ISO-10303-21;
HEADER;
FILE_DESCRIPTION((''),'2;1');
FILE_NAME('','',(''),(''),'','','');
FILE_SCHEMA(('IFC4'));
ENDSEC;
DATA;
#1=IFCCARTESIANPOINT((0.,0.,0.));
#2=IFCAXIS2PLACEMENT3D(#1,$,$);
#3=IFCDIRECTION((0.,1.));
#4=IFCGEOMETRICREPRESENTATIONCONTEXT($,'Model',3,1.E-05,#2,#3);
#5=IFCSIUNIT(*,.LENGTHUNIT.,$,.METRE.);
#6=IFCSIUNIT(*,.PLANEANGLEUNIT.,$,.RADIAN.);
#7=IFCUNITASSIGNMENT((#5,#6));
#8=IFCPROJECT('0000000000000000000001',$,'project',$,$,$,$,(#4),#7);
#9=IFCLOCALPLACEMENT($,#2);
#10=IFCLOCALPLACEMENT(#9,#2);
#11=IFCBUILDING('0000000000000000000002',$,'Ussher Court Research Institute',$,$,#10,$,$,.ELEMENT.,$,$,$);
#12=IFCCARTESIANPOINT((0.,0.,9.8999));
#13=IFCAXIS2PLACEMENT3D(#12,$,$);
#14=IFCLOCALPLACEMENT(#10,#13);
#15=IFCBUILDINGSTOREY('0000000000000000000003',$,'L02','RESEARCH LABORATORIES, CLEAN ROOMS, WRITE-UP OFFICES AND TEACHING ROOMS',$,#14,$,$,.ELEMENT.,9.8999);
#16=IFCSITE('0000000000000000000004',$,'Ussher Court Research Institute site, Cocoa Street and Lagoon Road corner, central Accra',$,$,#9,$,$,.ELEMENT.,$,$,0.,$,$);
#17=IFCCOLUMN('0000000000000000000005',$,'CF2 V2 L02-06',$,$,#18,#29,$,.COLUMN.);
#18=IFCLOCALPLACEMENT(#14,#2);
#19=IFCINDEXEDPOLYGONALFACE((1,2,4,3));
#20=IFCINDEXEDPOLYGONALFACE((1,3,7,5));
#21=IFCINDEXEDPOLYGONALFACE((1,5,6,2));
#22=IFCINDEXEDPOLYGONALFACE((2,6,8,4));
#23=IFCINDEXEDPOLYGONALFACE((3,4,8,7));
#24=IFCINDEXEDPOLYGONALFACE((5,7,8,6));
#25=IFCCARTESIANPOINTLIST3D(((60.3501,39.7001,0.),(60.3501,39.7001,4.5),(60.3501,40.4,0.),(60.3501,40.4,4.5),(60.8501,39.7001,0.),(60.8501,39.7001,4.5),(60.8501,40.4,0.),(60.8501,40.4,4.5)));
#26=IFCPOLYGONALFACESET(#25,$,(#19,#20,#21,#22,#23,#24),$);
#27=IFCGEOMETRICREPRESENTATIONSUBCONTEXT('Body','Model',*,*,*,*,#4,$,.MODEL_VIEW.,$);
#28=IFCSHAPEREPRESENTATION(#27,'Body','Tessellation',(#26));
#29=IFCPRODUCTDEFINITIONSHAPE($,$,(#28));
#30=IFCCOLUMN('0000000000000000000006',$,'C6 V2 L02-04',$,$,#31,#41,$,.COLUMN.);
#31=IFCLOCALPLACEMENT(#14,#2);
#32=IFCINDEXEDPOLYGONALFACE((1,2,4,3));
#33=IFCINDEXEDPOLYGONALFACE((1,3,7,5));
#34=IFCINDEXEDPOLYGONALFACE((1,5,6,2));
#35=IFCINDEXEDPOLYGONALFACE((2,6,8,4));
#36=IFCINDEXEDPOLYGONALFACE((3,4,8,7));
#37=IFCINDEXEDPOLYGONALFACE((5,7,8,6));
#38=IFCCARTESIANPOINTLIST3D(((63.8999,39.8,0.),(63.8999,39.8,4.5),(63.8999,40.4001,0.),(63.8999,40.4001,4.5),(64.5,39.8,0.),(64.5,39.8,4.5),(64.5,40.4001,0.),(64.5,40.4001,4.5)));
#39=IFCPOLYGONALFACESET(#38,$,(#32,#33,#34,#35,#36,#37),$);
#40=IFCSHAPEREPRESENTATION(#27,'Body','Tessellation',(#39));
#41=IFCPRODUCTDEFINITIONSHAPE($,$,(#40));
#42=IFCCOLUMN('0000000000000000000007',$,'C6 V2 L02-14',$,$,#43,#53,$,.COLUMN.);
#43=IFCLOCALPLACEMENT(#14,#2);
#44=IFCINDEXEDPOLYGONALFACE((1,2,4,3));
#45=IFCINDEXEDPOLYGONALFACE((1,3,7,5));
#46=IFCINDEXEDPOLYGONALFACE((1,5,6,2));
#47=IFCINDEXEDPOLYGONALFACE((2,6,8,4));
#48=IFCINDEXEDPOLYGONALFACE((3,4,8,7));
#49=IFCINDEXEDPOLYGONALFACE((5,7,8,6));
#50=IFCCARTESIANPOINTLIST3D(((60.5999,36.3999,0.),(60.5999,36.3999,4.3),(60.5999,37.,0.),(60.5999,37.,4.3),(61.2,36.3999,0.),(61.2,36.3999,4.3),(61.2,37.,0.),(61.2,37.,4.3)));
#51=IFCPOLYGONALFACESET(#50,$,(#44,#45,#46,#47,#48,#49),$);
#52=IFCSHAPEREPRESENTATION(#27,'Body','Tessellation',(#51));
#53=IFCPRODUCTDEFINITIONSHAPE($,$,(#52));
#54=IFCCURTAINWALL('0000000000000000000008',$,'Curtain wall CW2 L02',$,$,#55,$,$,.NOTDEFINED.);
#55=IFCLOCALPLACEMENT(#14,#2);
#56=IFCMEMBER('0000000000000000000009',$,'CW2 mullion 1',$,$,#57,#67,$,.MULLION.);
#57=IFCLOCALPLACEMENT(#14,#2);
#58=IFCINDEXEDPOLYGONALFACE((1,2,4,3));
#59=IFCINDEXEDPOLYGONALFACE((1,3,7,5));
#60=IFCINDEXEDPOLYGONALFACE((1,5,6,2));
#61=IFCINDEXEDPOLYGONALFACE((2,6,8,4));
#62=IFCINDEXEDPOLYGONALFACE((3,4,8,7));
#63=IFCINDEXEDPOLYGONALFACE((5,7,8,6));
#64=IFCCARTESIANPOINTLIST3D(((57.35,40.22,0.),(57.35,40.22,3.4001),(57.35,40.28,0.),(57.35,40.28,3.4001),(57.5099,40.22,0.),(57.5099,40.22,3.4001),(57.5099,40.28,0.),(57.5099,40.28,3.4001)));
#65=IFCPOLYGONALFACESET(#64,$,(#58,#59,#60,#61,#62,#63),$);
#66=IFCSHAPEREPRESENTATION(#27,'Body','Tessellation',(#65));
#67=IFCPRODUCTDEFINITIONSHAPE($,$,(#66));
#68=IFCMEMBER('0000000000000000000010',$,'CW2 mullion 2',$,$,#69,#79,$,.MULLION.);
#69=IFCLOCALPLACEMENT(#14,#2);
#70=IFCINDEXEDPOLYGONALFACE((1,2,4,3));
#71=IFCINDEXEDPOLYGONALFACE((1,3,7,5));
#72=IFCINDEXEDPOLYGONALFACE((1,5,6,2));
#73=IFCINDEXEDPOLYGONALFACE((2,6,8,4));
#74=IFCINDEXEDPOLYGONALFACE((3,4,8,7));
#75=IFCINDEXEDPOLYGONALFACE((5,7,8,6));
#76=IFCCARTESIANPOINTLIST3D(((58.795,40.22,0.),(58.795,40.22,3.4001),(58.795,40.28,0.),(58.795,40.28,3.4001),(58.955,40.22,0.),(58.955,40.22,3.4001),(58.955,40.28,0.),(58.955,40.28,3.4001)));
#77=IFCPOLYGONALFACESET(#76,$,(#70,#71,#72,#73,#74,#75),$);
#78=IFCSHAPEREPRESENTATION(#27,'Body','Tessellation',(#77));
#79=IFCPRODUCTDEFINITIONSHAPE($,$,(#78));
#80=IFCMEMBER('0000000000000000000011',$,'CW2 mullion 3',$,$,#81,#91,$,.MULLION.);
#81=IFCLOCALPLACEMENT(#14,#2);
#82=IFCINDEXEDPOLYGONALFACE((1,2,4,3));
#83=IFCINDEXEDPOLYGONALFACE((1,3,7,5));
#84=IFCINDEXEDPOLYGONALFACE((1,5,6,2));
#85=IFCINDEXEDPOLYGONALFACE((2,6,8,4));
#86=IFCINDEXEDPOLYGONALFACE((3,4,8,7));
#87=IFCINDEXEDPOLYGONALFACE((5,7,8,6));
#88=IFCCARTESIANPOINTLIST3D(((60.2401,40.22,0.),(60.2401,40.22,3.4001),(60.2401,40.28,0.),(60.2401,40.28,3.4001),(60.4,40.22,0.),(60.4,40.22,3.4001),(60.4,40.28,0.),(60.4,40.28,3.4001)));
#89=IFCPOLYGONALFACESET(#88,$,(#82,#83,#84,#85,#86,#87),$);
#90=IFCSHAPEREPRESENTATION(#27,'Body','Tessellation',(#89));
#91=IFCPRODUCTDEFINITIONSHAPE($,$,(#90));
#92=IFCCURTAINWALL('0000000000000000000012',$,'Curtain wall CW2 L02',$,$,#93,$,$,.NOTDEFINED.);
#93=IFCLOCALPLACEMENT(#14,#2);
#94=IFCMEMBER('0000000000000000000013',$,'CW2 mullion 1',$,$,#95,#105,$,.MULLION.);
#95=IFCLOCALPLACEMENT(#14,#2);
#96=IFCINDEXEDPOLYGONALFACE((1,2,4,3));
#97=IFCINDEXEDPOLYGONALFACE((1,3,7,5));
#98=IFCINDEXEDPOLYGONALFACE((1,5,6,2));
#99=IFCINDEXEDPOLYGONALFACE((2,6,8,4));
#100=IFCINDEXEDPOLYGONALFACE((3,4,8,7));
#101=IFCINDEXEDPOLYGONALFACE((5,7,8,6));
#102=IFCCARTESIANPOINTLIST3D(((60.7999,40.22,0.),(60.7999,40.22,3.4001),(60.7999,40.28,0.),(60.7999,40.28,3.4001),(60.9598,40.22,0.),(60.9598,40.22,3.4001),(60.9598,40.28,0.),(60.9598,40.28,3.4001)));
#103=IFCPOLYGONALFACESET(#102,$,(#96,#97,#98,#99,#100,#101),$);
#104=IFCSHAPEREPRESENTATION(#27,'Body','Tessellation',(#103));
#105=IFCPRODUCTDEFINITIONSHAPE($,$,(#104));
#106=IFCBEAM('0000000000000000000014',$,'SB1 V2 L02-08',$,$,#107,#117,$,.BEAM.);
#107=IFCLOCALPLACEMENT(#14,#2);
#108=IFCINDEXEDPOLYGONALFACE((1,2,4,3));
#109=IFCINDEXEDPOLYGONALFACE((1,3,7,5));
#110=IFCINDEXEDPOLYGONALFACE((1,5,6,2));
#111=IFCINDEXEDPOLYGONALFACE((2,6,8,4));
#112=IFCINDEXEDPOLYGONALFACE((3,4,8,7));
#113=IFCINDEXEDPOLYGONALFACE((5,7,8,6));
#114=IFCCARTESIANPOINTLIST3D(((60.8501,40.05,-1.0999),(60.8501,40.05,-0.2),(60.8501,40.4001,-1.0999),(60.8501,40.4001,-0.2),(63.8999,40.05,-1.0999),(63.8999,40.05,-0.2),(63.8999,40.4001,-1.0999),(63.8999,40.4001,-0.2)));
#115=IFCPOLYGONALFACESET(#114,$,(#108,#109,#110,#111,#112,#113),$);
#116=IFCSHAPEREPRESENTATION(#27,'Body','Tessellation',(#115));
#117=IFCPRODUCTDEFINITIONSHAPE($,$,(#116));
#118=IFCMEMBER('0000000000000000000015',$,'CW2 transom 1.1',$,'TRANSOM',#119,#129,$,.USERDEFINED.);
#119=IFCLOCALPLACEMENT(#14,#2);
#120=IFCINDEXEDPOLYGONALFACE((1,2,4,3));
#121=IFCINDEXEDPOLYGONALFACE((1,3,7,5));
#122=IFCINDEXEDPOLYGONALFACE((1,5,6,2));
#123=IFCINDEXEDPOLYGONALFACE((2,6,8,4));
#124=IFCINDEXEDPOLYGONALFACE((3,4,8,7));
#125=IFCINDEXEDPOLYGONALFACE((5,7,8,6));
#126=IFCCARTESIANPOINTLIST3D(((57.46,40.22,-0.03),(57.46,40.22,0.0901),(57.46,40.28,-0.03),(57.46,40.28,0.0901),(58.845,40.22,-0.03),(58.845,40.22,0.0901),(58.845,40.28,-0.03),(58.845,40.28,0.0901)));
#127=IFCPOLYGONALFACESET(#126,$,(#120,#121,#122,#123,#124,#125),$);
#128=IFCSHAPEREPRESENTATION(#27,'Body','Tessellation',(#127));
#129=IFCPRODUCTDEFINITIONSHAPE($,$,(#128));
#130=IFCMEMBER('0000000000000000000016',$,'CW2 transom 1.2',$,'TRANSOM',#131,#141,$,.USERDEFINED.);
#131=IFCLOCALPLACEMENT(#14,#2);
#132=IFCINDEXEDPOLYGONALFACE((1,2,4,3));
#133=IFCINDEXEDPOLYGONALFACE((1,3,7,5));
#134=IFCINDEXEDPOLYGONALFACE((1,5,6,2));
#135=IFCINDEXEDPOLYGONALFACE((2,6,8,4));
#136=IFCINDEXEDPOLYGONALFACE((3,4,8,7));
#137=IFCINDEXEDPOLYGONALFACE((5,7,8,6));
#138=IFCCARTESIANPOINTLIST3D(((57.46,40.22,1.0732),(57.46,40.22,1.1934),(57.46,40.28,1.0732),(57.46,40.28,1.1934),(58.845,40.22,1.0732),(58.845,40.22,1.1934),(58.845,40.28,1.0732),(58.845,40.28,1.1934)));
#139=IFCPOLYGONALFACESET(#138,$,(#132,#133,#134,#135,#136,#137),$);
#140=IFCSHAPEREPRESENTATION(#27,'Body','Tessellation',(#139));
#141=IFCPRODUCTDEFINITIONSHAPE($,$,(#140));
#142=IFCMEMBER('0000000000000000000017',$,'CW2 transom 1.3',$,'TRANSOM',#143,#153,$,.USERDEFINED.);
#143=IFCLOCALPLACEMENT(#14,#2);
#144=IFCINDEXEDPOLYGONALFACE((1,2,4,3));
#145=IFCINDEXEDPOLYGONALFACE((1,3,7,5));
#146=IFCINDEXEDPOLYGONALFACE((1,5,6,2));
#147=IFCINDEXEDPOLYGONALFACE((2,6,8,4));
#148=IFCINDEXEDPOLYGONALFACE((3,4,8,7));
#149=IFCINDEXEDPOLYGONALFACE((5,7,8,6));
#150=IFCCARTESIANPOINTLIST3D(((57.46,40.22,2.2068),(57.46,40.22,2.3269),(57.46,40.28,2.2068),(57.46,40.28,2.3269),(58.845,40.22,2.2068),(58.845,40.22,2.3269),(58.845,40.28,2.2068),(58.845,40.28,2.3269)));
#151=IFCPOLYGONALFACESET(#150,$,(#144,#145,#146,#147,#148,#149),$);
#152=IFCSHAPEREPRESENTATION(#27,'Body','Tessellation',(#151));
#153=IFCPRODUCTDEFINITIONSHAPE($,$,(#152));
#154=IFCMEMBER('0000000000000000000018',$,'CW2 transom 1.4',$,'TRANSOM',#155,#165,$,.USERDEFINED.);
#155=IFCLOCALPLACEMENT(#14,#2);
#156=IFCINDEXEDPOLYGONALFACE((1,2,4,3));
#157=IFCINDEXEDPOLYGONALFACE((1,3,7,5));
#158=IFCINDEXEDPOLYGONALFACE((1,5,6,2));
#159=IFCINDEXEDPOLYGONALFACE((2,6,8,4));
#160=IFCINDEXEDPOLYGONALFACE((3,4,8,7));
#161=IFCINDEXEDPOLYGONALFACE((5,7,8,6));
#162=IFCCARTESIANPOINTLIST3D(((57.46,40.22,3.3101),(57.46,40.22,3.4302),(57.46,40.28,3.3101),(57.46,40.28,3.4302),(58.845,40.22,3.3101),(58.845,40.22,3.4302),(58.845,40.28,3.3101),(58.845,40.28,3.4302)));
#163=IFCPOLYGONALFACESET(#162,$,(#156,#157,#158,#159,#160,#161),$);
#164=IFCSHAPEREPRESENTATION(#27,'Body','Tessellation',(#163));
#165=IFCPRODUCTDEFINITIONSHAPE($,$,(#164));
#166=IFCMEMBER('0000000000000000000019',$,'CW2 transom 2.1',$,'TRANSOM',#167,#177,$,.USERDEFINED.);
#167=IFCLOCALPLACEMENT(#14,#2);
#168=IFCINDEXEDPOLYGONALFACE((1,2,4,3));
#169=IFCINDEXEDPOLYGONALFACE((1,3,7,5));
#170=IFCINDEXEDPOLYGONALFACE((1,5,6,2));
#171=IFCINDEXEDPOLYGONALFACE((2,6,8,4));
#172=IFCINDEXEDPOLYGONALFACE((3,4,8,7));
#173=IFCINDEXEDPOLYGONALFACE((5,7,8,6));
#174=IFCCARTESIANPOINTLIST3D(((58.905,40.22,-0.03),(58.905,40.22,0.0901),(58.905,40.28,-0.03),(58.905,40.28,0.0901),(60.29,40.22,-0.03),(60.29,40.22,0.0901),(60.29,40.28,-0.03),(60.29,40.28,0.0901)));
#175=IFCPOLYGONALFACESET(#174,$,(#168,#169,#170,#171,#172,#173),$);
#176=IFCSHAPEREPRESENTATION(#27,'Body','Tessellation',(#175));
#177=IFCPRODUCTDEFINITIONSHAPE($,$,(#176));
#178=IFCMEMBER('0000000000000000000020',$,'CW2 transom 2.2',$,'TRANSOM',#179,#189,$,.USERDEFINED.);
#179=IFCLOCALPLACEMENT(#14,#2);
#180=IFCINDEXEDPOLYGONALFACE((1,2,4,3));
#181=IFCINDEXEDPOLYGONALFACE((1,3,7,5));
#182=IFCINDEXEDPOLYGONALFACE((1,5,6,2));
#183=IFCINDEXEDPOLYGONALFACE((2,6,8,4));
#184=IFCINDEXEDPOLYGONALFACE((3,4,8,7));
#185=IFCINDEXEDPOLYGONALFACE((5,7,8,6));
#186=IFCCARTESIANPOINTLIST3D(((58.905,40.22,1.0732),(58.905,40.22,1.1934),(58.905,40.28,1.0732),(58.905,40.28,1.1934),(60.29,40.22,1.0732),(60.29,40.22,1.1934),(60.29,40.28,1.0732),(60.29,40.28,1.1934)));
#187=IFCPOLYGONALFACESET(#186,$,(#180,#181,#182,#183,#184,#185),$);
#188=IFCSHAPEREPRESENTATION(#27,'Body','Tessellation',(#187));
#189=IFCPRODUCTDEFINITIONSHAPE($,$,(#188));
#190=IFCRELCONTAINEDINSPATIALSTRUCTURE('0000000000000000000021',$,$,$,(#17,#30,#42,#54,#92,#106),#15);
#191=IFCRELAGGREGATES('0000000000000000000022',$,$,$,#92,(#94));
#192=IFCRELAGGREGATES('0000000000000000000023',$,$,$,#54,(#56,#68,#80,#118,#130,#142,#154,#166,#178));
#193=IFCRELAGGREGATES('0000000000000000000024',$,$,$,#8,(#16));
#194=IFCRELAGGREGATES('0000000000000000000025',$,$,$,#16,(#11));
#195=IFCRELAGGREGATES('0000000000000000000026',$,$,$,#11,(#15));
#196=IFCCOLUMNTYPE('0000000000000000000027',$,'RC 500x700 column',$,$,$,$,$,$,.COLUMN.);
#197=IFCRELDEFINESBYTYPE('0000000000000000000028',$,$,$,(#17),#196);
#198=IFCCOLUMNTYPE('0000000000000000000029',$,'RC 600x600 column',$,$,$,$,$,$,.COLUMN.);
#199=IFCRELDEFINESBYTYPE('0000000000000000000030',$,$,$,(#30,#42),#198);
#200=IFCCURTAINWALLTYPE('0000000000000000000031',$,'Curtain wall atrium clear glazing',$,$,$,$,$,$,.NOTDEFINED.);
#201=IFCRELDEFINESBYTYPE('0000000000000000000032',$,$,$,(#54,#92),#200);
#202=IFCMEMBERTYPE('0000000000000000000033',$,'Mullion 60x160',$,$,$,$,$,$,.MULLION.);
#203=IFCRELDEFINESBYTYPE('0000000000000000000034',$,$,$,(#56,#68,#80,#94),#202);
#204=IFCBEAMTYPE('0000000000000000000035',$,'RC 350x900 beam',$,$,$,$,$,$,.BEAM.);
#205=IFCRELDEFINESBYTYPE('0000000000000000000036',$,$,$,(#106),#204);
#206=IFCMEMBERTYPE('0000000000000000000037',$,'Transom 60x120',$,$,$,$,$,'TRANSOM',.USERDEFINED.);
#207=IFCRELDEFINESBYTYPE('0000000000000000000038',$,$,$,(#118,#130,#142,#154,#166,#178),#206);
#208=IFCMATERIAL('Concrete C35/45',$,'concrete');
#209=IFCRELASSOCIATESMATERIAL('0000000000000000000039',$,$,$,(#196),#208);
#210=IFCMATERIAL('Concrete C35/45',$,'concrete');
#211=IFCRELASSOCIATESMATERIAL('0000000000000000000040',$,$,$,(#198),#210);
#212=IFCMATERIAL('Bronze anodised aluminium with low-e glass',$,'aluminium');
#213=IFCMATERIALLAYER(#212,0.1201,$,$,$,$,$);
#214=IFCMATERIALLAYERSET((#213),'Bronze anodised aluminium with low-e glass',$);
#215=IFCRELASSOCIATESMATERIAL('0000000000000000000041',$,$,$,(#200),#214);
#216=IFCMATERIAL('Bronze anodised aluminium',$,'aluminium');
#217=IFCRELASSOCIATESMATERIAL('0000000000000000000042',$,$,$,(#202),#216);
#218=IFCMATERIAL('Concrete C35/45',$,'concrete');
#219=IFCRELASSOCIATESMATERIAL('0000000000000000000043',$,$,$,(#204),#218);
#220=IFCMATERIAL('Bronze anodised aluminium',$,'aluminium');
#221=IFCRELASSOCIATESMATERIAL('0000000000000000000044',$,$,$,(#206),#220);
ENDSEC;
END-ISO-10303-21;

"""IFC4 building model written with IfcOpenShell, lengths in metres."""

from ifc_helpers import new_model, si_unit, direction, frame, origin, origin_2d, place, context, subcontext, project, spatial, rectangle, extrude, material, layer, layer_set, material_profile, profile_set, type_object, element, aggregate, save


model = new_model("IFC4")

# Units and contexts
model_context = context("Model", 3, precision=1e-05, world=origin(), true_north=direction((0.0, 1.0)))
body_context = subcontext(model_context, "Body", "Model", "MODEL_VIEW")
ifc_project = project(units=[si_unit("LENGTHUNIT", "METRE"), si_unit("PLANEANGLEUNIT", "RADIAN")], contexts=[model_context])

# Site, building, storey
site_placement = place(None, origin())
site = spatial("IfcSite", under=ifc_project, at=site_placement, Name="Ussher Court Research Institute site, Cocoa Street and Lagoon Road corner, central Accra", CompositionType="ELEMENT", RefElevation=0.0)
building_placement = place(site_placement, origin())
building = spatial("IfcBuilding", under=site, at=building_placement, Name="Ussher Court Research Institute", CompositionType="ELEMENT")
storey_placement = place(building_placement, frame((0.0, 0.0, 9.8999)))
storey = spatial("IfcBuildingStorey", under=building, at=storey_placement, Name="L02", Description="RESEARCH LABORATORIES, CLEAN ROOMS, WRITE-UP OFFICES AND TEACHING ROOMS", CompositionType="ELEMENT", Elevation=9.8999)

# Columns
ifc_material_1 = material(Name="Concrete C35/45", Category="concrete")
ifc_material_profile_1 = material_profile(ifc_material_1, rectangle(XDim=0.5, YDim=0.7, at=origin_2d()), Name="RC 500x700")
ifc_profile_set_1 = profile_set([ifc_material_profile_1], Name="Concrete C35/45")
column_type_1 = type_object("IfcColumnType", Name="RC 500x700 column", PredefinedType="COLUMN", material=ifc_profile_set_1)
column_1_placement = place(storey_placement, frame((60.6001, 40.05, 0.0), z_axis=(0.0, 0.0, 1.0), x_axis=(1.0, 0.0, 0.0)))
element("IfcColumn", 1, at=column_1_placement, inside=storey, type_object=column_type_1, Name="CF2 V2 L02-06", PredefinedType="COLUMN", context=body_context, shape_type="SweptSolid", body=[
    extrude(rectangle(XDim=0.5, YDim=0.7, at=origin_2d()), origin(), (0.0, 0.0, 1.0), 4.5),
])
ifc_material_2 = material(Name="Concrete C35/45", Category="concrete")
ifc_material_profile_2 = material_profile(ifc_material_2, rectangle(XDim=0.6001, YDim=0.6001, at=origin_2d()), Name="RC 600x600")
ifc_profile_set_2 = profile_set([ifc_material_profile_2], Name="Concrete C35/45")
column_type_2 = type_object("IfcColumnType", Name="RC 600x600 column", PredefinedType="COLUMN", material=ifc_profile_set_2)
column_2_placement = place(storey_placement, frame((64.2, 40.1001, 0.0), z_axis=(0.0, 0.0, 1.0), x_axis=(1.0, 0.0, 0.0)))
element("IfcColumn", 2, at=column_2_placement, inside=storey, type_object=column_type_2, Name="C6 V2 L02-04", PredefinedType="COLUMN", context=body_context, shape_type="SweptSolid", body=[
    extrude(rectangle(XDim=0.6001, YDim=0.6001, at=origin_2d()), origin(), (0.0, 0.0, 1.0), 4.5),
])
column_3_placement = place(storey_placement, frame((60.8999, 36.7, 0.0), z_axis=(0.0, 0.0, 1.0), x_axis=(1.0, 0.0, 0.0)))
element("IfcColumn", 3, at=column_3_placement, inside=storey, type_object=column_type_2, Name="C6 V2 L02-14", PredefinedType="COLUMN", context=body_context, shape_type="SweptSolid", body=[
    extrude(rectangle(XDim=0.6001, YDim=0.6001, at=origin_2d()), origin(), (0.0, 0.0, 1.0), 4.3),
])

# Curtain wall, members
ifc_material_3 = material(Name="Bronze anodised aluminium with low-e glass", Category="aluminium")
ifc_layer_1 = layer(ifc_material_3, 0.1201)
ifc_layer_set_1 = layer_set([ifc_layer_1], Name="Bronze anodised aluminium with low-e glass")
curtain_wall_type = type_object("IfcCurtainWallType", Name="Curtain wall atrium clear glazing", PredefinedType="NOTDEFINED", material=ifc_layer_set_1)
curtain_wall_1_placement = place(storey_placement, origin())
curtain_wall_1 = element("IfcCurtainWall", 4, at=curtain_wall_1_placement, inside=storey, type_object=curtain_wall_type, Name="Curtain wall CW2 L02", PredefinedType="NOTDEFINED")
ifc_material_4 = material(Name="Bronze anodised aluminium", Category="aluminium")
ifc_material_profile_3 = material_profile(ifc_material_4, rectangle(XDim=0.0601, YDim=0.1599, at=origin_2d()), Name="Mullion 60x160")
ifc_profile_set_3 = profile_set([ifc_material_profile_3], Name="Bronze anodised aluminium")
member_type_1 = type_object("IfcMemberType", Name="Mullion 60x160", PredefinedType="MULLION", material=ifc_profile_set_3)
member_1_placement = place(storey_placement, frame((57.4299, 40.25, 0.0), z_axis=(0.0, 0.0, 1.0), x_axis=(0.0, 1.0, 0.0)))
member_1 = element("IfcMember", 5, at=member_1_placement, type_object=member_type_1, Name="CW2 mullion 1", PredefinedType="MULLION", context=body_context, shape_type="SweptSolid", body=[
    extrude(rectangle(XDim=0.0601, YDim=0.1599, at=origin_2d()), origin(), (0.0, 0.0, 1.0), 3.4001),
])
member_2_placement = place(storey_placement, frame((58.875, 40.25, 0.0), z_axis=(0.0, 0.0, 1.0), x_axis=(0.0, 1.0, 0.0)))
member_2 = element("IfcMember", 6, at=member_2_placement, type_object=member_type_1, Name="CW2 mullion 2", PredefinedType="MULLION", context=body_context, shape_type="SweptSolid", body=[
    extrude(rectangle(XDim=0.0601, YDim=0.1599, at=origin_2d()), origin(), (0.0, 0.0, 1.0), 3.4001),
])
member_3_placement = place(storey_placement, frame((60.3201, 40.25, 0.0), z_axis=(0.0, 0.0, 1.0), x_axis=(0.0, 1.0, 0.0)))
member_3 = element("IfcMember", 7, at=member_3_placement, type_object=member_type_1, Name="CW2 mullion 3", PredefinedType="MULLION", context=body_context, shape_type="SweptSolid", body=[
    extrude(rectangle(XDim=0.0601, YDim=0.1599, at=origin_2d()), origin(), (0.0, 0.0, 1.0), 3.4001),
])

# Curtain wall, member
curtain_wall_2_placement = place(storey_placement, origin())
curtain_wall_2 = element("IfcCurtainWall", 8, at=curtain_wall_2_placement, inside=storey, type_object=curtain_wall_type, Name="Curtain wall CW2 L02", PredefinedType="NOTDEFINED")
member_4_placement = place(storey_placement, frame((60.8799, 40.25, 0.0), z_axis=(0.0, 0.0, 1.0), x_axis=(0.0, 1.0, 0.0)))
member_4 = element("IfcMember", 9, at=member_4_placement, type_object=member_type_1, Name="CW2 mullion 1", PredefinedType="MULLION", context=body_context, shape_type="SweptSolid", body=[
    extrude(rectangle(XDim=0.0601, YDim=0.1599, at=origin_2d()), origin(), (0.0, 0.0, 1.0), 3.4001),
])

# Beam
ifc_material_5 = material(Name="Concrete C35/45", Category="concrete")
ifc_material_profile_4 = material_profile(ifc_material_5, rectangle(XDim=0.3501, YDim=0.8999, at=origin_2d()), Name="RC 350x900")
ifc_profile_set_4 = profile_set([ifc_material_profile_4], Name="Concrete C35/45")
beam_type = type_object("IfcBeamType", Name="RC 350x900 beam", PredefinedType="BEAM", material=ifc_profile_set_4)
beam_placement = place(storey_placement, frame((60.8501, 40.2251, -0.6499), z_axis=(1.0, 0.0, 0.0), x_axis=(0.0, 1.0, 0.0)))
element("IfcBeam", 10, at=beam_placement, inside=storey, type_object=beam_type, Name="SB1 V2 L02-08", PredefinedType="BEAM", context=body_context, shape_type="SweptSolid", body=[
    extrude(rectangle(XDim=0.3501, YDim=0.8999, at=origin_2d()), origin(), (0.0, 0.0, 1.0), 3.0498),
])

# Members
ifc_material_6 = material(Name="Bronze anodised aluminium", Category="aluminium")
ifc_material_profile_5 = material_profile(ifc_material_6, rectangle(XDim=0.0601, YDim=0.1201, at=origin_2d()), Name="Transom 60x120")
ifc_profile_set_5 = profile_set([ifc_material_profile_5], Name="Bronze anodised aluminium")
member_type_2 = type_object("IfcMemberType", Name="Transom 60x120", ElementType="TRANSOM", PredefinedType="USERDEFINED", material=ifc_profile_set_5)
member_5_placement = place(storey_placement, frame((57.46, 40.25, 0.03), z_axis=(1.0, 0.0, 0.0), x_axis=(0.0, 1.0, 0.0)))
member_5 = element("IfcMember", 11, at=member_5_placement, type_object=member_type_2, Name="CW2 transom 1.1", ObjectType="TRANSOM", PredefinedType="USERDEFINED", context=body_context, shape_type="SweptSolid", body=[
    extrude(rectangle(XDim=0.0601, YDim=0.1201, at=origin_2d()), origin(), (0.0, 0.0, 1.0), 1.385),
])
member_6_placement = place(storey_placement, frame((57.46, 40.25, 1.1333), z_axis=(1.0, 0.0, 0.0), x_axis=(0.0, 1.0, 0.0)))
member_6 = element("IfcMember", 12, at=member_6_placement, type_object=member_type_2, Name="CW2 transom 1.2", ObjectType="TRANSOM", PredefinedType="USERDEFINED", context=body_context, shape_type="SweptSolid", body=[
    extrude(rectangle(XDim=0.0601, YDim=0.1201, at=origin_2d()), origin(), (0.0, 0.0, 1.0), 1.385),
])
member_7_placement = place(storey_placement, frame((57.46, 40.25, 2.2668), z_axis=(1.0, 0.0, 0.0), x_axis=(0.0, 1.0, 0.0)))
member_7 = element("IfcMember", 13, at=member_7_placement, type_object=member_type_2, Name="CW2 transom 1.3", ObjectType="TRANSOM", PredefinedType="USERDEFINED", context=body_context, shape_type="SweptSolid", body=[
    extrude(rectangle(XDim=0.0601, YDim=0.1201, at=origin_2d()), origin(), (0.0, 0.0, 1.0), 1.385),
])
member_8_placement = place(storey_placement, frame((57.46, 40.25, 3.3701), z_axis=(1.0, 0.0, 0.0), x_axis=(0.0, 1.0, 0.0)))
member_8 = element("IfcMember", 14, at=member_8_placement, type_object=member_type_2, Name="CW2 transom 1.4", ObjectType="TRANSOM", PredefinedType="USERDEFINED", context=body_context, shape_type="SweptSolid", body=[
    extrude(rectangle(XDim=0.0601, YDim=0.1201, at=origin_2d()), origin(), (0.0, 0.0, 1.0), 1.385),
])
member_9_placement = place(storey_placement, frame((58.905, 40.25, 0.03), z_axis=(1.0, 0.0, 0.0), x_axis=(0.0, 1.0, 0.0)))
member_9 = element("IfcMember", 15, at=member_9_placement, type_object=member_type_2, Name="CW2 transom 2.1", ObjectType="TRANSOM", PredefinedType="USERDEFINED", context=body_context, shape_type="SweptSolid", body=[
    extrude(rectangle(XDim=0.0601, YDim=0.1201, at=origin_2d()), origin(), (0.0, 0.0, 1.0), 1.385),
])
member_10_placement = place(storey_placement, frame((58.905, 40.25, 1.1333), z_axis=(1.0, 0.0, 0.0), x_axis=(0.0, 1.0, 0.0)))
member_10 = element("IfcMember", 16, at=member_10_placement, type_object=member_type_2, Name="CW2 transom 2.2", ObjectType="TRANSOM", PredefinedType="USERDEFINED", context=body_context, shape_type="SweptSolid", body=[
    extrude(rectangle(XDim=0.0601, YDim=0.1201, at=origin_2d()), origin(), (0.0, 0.0, 1.0), 1.385),
])
aggregate(curtain_wall_2, [member_4])

aggregate(curtain_wall_1, [member_1, member_2, member_3, member_5, member_6, member_7, member_8, member_9, member_10])

save(model, "model.ifc")
